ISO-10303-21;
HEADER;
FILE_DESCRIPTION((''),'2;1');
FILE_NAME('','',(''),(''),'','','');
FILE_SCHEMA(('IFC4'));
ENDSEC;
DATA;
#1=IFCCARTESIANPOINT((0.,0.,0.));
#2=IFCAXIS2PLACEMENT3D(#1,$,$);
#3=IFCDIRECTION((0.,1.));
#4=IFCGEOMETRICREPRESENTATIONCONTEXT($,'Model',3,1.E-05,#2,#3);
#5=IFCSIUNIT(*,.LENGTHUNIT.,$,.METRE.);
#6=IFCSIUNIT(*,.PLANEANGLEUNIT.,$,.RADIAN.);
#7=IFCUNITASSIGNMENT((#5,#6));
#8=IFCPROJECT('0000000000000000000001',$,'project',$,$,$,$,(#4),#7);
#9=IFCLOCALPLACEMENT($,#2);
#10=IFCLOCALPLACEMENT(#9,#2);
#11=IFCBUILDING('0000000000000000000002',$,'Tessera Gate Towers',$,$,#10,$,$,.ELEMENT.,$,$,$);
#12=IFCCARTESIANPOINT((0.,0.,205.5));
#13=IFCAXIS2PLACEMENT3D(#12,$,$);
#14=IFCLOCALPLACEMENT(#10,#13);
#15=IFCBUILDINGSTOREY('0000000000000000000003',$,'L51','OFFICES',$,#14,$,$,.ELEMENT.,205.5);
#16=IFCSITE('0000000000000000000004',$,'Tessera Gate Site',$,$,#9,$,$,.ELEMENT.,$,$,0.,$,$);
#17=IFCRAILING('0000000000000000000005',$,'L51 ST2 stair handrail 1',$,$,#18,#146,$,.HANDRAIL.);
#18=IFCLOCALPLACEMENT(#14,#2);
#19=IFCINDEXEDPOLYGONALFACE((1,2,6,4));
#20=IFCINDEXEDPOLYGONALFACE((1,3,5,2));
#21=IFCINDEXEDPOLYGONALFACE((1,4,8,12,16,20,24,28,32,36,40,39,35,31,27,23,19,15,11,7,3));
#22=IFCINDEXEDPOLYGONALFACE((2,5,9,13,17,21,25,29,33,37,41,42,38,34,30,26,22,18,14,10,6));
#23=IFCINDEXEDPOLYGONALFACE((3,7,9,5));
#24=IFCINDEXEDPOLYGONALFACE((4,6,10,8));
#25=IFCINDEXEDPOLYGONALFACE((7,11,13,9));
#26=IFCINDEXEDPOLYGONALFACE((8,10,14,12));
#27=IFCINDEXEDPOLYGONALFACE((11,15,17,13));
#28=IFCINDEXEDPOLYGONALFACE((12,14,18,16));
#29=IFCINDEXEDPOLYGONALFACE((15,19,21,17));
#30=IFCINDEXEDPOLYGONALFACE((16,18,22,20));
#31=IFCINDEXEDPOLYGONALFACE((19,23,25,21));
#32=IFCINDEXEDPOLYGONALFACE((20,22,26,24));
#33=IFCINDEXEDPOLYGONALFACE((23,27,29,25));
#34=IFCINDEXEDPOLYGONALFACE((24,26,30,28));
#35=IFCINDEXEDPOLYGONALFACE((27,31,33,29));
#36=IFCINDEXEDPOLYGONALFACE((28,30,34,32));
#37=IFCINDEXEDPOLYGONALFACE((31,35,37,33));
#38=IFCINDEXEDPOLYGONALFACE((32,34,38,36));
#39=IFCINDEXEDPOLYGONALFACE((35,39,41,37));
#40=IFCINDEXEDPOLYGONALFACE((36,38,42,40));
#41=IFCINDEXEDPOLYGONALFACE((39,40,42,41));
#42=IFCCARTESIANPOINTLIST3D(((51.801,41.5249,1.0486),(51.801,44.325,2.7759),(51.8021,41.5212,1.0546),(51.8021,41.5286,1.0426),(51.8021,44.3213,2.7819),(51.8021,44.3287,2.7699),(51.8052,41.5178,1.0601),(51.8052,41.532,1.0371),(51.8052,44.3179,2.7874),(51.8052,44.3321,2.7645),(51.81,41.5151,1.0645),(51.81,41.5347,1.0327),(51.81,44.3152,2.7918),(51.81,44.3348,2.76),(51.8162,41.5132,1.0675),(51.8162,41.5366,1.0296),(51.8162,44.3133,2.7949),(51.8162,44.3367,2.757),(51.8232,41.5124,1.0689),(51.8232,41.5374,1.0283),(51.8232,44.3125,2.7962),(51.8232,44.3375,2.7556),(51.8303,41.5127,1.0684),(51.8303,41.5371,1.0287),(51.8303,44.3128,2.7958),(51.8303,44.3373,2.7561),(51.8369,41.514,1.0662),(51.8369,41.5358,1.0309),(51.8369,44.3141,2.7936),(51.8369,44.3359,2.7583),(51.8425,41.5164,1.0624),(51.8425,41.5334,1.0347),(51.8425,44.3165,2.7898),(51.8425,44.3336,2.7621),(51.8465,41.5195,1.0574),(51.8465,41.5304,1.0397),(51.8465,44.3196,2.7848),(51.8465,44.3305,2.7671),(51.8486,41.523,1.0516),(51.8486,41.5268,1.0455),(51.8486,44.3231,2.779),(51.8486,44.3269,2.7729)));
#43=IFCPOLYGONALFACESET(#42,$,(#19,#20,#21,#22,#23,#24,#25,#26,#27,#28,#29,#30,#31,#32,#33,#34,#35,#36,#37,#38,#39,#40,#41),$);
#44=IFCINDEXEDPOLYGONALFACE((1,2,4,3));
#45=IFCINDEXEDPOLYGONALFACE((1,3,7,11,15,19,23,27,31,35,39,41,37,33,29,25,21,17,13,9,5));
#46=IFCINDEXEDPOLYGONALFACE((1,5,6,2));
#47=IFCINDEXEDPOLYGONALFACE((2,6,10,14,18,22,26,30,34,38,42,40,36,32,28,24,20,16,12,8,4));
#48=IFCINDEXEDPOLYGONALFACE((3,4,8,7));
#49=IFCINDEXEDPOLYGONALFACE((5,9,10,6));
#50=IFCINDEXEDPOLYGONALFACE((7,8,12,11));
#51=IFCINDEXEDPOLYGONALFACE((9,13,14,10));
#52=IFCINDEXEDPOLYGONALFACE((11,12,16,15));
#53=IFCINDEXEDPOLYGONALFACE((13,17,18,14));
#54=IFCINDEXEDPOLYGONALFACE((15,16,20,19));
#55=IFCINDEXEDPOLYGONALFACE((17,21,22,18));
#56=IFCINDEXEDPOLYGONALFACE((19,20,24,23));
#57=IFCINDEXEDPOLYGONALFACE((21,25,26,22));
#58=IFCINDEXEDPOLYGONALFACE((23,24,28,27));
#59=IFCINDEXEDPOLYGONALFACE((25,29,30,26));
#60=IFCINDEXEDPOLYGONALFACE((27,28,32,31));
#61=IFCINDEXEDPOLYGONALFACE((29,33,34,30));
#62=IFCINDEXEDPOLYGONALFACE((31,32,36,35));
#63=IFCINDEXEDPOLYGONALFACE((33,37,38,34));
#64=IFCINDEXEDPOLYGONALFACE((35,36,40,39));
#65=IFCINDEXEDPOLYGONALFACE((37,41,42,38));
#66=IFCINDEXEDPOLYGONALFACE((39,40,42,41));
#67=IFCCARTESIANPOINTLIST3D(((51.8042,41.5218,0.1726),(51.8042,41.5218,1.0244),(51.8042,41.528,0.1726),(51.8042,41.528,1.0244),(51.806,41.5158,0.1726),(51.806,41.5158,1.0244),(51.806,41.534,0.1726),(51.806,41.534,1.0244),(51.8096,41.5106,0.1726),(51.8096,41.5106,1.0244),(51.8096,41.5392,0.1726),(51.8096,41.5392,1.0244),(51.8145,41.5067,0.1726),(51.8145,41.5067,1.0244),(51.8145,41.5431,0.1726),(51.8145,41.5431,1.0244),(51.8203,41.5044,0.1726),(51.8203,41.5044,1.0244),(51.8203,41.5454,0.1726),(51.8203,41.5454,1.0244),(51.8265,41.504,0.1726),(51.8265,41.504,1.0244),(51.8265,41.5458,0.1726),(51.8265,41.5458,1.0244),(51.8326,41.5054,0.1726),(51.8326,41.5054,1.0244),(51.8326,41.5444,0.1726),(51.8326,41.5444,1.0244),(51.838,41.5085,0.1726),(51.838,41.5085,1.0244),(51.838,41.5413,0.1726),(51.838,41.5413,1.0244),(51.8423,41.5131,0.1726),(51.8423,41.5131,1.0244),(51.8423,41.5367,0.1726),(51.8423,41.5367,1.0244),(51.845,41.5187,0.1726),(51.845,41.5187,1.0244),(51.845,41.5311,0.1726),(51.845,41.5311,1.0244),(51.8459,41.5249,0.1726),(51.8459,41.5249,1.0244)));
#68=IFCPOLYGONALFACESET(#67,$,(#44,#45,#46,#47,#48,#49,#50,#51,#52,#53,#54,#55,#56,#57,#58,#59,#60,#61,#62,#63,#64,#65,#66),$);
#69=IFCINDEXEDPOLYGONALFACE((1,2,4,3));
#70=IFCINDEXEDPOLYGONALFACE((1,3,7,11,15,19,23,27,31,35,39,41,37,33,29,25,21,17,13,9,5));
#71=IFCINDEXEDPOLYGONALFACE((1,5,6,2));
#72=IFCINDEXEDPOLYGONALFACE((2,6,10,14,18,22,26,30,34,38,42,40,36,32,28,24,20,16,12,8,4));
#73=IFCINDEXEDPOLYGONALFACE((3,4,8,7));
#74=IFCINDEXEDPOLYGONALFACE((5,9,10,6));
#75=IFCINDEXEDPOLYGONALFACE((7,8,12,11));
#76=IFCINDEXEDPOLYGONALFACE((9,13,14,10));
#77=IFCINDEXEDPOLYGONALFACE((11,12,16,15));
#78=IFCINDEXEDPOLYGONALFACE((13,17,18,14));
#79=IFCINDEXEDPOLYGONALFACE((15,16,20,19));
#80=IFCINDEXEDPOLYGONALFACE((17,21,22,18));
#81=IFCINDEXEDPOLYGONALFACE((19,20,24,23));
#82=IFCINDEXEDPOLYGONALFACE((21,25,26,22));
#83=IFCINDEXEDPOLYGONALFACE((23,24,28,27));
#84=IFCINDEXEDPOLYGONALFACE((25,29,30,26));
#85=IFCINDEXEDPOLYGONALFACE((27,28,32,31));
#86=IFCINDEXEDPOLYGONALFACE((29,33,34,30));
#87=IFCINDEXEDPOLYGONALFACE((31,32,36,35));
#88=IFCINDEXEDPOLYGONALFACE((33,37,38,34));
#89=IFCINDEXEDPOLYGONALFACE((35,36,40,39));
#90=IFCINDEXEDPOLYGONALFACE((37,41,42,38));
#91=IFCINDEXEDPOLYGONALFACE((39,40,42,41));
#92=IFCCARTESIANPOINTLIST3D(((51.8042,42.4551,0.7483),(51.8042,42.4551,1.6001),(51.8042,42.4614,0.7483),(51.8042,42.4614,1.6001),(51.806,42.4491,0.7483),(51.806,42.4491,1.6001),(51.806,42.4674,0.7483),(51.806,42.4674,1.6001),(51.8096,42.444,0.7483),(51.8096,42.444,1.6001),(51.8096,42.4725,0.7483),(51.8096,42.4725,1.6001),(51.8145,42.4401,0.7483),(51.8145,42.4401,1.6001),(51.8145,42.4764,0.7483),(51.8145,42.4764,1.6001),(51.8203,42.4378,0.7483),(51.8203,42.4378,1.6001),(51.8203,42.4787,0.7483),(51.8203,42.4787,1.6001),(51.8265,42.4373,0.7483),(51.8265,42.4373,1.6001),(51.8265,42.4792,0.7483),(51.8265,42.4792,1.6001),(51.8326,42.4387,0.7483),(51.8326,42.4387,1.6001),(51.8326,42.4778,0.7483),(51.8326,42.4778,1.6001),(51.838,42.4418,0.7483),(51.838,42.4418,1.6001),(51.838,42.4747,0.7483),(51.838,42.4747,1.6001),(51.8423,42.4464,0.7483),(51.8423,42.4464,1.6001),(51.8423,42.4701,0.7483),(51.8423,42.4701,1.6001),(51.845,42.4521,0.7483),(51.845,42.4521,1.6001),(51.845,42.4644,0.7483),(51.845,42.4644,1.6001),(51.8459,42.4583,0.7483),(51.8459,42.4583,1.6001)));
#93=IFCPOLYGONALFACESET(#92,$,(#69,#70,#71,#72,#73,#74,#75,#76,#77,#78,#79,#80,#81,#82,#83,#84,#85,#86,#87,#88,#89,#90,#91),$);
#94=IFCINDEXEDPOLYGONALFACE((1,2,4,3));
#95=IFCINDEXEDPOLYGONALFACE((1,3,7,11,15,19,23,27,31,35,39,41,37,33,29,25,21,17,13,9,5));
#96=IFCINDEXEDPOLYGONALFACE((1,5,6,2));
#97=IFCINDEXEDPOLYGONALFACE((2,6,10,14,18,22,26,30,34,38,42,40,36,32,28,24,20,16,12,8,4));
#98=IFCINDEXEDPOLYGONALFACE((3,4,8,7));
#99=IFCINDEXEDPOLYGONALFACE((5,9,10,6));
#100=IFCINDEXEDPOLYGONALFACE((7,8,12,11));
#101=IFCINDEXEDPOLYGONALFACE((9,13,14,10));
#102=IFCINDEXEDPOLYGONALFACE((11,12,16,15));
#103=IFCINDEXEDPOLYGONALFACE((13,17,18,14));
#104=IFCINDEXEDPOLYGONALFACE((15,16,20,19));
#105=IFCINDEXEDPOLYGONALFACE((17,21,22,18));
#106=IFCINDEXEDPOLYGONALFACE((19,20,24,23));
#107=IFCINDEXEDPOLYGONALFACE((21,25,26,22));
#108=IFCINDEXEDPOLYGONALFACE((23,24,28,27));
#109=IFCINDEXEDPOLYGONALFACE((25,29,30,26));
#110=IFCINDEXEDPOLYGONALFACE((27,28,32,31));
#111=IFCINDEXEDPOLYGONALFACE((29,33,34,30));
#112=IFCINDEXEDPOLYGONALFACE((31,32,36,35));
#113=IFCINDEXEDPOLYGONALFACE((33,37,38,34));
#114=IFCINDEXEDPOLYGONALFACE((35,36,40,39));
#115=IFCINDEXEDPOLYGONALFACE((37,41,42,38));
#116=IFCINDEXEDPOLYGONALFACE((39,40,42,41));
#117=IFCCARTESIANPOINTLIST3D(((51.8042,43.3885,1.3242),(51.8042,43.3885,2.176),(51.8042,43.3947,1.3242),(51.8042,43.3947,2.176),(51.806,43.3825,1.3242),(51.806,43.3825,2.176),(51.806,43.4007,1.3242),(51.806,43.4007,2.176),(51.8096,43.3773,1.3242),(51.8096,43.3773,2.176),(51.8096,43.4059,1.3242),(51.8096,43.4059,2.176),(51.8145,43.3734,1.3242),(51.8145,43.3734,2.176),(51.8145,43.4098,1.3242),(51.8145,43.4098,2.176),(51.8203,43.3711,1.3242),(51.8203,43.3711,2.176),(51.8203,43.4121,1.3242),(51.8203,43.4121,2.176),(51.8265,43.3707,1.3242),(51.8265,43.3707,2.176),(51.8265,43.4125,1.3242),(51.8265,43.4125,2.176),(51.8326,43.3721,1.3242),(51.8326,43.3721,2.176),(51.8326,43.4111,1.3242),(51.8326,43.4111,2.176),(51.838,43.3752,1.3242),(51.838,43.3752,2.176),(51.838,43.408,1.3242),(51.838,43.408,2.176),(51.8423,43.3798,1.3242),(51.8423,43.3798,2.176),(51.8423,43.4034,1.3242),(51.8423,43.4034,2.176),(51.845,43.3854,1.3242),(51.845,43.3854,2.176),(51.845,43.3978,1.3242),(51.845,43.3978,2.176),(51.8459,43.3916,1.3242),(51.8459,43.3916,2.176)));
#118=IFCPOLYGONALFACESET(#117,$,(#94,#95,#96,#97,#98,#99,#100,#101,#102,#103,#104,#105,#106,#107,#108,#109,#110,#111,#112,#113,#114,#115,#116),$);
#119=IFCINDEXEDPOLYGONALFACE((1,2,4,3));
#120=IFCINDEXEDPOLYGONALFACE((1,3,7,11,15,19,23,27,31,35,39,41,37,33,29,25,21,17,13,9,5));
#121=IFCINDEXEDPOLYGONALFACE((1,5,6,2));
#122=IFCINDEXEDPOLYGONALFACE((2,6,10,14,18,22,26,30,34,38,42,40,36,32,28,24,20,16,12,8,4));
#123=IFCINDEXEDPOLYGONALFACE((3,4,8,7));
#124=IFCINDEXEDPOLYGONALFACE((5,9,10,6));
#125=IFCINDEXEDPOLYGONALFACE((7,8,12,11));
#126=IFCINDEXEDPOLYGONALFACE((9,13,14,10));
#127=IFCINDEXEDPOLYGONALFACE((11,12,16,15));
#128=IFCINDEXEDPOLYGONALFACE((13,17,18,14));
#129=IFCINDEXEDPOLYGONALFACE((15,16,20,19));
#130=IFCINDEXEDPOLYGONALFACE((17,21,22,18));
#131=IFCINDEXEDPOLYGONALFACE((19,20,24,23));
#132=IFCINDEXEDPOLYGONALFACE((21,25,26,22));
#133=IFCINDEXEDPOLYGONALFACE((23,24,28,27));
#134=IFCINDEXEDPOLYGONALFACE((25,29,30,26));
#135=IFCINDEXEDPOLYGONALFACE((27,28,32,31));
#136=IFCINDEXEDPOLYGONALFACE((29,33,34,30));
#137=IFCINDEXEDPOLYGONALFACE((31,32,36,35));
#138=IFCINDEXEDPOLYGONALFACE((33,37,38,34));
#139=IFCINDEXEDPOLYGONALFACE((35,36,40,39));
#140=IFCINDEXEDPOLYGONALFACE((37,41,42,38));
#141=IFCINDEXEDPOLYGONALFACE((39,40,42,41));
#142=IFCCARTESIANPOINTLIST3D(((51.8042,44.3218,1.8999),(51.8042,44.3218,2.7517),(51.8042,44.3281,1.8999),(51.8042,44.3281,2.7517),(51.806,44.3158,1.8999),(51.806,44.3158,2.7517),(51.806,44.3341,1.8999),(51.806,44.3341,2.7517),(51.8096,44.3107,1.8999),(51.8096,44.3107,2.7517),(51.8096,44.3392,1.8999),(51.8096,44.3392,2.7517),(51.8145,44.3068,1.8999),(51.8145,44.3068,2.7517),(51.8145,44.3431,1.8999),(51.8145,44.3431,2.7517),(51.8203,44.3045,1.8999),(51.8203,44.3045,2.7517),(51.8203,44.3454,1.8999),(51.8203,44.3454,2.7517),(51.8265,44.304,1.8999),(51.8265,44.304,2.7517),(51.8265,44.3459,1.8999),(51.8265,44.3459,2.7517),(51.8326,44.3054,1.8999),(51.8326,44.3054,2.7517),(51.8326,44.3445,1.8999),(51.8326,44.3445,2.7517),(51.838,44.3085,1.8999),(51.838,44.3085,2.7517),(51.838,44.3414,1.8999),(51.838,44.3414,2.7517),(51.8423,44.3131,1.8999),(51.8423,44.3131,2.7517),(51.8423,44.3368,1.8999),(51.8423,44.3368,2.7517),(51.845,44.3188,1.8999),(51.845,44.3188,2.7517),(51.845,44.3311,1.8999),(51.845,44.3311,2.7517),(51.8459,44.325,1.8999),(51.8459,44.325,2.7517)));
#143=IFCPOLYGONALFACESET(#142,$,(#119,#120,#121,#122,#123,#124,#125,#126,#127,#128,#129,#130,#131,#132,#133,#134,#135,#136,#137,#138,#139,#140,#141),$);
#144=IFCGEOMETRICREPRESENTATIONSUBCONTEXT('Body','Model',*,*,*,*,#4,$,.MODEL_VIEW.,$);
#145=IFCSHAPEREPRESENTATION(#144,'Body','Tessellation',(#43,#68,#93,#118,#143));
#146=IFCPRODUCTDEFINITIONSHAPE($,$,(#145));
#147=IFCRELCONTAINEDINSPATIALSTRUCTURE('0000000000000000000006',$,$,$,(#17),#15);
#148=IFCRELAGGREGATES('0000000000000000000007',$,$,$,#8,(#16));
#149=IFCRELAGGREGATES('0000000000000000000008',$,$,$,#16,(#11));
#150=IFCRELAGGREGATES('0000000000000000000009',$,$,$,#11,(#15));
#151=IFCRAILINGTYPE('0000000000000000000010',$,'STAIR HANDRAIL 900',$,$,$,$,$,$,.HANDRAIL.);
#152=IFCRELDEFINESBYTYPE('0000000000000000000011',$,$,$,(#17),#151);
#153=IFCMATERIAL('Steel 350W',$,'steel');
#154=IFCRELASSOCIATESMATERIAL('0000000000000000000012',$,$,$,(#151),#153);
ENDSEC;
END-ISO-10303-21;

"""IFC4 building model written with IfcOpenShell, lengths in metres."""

from ifc_helpers import new_model, si_unit, direction, frame, origin, origin_2d, place, context, subcontext, project, spatial, circle, extrude, material, type_object, element, save


model = new_model("IFC4")

# Units and contexts
model_context = context("Model", 3, precision=1e-05, world=origin(), true_north=direction((0.0, 1.0)))
body_context = subcontext(model_context, "Body", "Model", "MODEL_VIEW")
ifc_project = project(units=[si_unit("LENGTHUNIT", "METRE"), si_unit("PLANEANGLEUNIT", "RADIAN")], contexts=[model_context])

# Site, building, storey
site_placement = place(None, origin())
site = spatial("IfcSite", under=ifc_project, at=site_placement, Name="Tessera Gate Site", CompositionType="ELEMENT", RefElevation=0.0)
building_placement = place(site_placement, origin())
building = spatial("IfcBuilding", under=site, at=building_placement, Name="Tessera Gate Towers", CompositionType="ELEMENT")
storey_placement = place(building_placement, frame((0.0, 0.0, 205.5)))
storey = spatial("IfcBuildingStorey", under=building, at=storey_placement, Name="L51", Description="OFFICES", CompositionType="ELEMENT", Elevation=205.5)

# Railing
ifc_material_1 = material(Name="Steel 350W", Category="steel")
railing_type_1 = type_object("IfcRailingType", Name="STAIR HANDRAIL 900", PredefinedType="HANDRAIL", material=ifc_material_1)
railing_1_placement = place(storey_placement, frame((51.825, 41.5249, 0.1726)))
element("IfcRailing", 1, at=railing_1_placement, inside=storey, type_object=railing_type_1, Name="L51 ST2 stair handrail 1", PredefinedType="HANDRAIL", context=body_context, shape_type="SweptSolid", body=[
    extrude(circle(Radius=0.0239, at=origin_2d()), frame((0.0, 0.0, 0.876), z_axis=(0.0, 0.85109, 0.52502), x_axis=(-1.0, 0.0, 0.0)), (0.0, 0.0, 1.0), 3.29),
    extrude(circle(Radius=0.021, at=origin_2d()), origin(), (0.0, 0.0, 1.0), 0.8518),
    extrude(circle(Radius=0.021, at=origin_2d()), frame((0.0, 0.9333, 0.5757)), (0.0, 0.0, 1.0), 0.8518),
    extrude(circle(Radius=0.021, at=origin_2d()), frame((0.0, 1.8667, 1.1516)), (0.0, 0.0, 1.0), 0.8518),
    extrude(circle(Radius=0.021, at=origin_2d()), frame((0.0, 2.8, 1.7273)), (0.0, 0.0, 1.0), 0.8518),
])

save(model, "model.ifc")
